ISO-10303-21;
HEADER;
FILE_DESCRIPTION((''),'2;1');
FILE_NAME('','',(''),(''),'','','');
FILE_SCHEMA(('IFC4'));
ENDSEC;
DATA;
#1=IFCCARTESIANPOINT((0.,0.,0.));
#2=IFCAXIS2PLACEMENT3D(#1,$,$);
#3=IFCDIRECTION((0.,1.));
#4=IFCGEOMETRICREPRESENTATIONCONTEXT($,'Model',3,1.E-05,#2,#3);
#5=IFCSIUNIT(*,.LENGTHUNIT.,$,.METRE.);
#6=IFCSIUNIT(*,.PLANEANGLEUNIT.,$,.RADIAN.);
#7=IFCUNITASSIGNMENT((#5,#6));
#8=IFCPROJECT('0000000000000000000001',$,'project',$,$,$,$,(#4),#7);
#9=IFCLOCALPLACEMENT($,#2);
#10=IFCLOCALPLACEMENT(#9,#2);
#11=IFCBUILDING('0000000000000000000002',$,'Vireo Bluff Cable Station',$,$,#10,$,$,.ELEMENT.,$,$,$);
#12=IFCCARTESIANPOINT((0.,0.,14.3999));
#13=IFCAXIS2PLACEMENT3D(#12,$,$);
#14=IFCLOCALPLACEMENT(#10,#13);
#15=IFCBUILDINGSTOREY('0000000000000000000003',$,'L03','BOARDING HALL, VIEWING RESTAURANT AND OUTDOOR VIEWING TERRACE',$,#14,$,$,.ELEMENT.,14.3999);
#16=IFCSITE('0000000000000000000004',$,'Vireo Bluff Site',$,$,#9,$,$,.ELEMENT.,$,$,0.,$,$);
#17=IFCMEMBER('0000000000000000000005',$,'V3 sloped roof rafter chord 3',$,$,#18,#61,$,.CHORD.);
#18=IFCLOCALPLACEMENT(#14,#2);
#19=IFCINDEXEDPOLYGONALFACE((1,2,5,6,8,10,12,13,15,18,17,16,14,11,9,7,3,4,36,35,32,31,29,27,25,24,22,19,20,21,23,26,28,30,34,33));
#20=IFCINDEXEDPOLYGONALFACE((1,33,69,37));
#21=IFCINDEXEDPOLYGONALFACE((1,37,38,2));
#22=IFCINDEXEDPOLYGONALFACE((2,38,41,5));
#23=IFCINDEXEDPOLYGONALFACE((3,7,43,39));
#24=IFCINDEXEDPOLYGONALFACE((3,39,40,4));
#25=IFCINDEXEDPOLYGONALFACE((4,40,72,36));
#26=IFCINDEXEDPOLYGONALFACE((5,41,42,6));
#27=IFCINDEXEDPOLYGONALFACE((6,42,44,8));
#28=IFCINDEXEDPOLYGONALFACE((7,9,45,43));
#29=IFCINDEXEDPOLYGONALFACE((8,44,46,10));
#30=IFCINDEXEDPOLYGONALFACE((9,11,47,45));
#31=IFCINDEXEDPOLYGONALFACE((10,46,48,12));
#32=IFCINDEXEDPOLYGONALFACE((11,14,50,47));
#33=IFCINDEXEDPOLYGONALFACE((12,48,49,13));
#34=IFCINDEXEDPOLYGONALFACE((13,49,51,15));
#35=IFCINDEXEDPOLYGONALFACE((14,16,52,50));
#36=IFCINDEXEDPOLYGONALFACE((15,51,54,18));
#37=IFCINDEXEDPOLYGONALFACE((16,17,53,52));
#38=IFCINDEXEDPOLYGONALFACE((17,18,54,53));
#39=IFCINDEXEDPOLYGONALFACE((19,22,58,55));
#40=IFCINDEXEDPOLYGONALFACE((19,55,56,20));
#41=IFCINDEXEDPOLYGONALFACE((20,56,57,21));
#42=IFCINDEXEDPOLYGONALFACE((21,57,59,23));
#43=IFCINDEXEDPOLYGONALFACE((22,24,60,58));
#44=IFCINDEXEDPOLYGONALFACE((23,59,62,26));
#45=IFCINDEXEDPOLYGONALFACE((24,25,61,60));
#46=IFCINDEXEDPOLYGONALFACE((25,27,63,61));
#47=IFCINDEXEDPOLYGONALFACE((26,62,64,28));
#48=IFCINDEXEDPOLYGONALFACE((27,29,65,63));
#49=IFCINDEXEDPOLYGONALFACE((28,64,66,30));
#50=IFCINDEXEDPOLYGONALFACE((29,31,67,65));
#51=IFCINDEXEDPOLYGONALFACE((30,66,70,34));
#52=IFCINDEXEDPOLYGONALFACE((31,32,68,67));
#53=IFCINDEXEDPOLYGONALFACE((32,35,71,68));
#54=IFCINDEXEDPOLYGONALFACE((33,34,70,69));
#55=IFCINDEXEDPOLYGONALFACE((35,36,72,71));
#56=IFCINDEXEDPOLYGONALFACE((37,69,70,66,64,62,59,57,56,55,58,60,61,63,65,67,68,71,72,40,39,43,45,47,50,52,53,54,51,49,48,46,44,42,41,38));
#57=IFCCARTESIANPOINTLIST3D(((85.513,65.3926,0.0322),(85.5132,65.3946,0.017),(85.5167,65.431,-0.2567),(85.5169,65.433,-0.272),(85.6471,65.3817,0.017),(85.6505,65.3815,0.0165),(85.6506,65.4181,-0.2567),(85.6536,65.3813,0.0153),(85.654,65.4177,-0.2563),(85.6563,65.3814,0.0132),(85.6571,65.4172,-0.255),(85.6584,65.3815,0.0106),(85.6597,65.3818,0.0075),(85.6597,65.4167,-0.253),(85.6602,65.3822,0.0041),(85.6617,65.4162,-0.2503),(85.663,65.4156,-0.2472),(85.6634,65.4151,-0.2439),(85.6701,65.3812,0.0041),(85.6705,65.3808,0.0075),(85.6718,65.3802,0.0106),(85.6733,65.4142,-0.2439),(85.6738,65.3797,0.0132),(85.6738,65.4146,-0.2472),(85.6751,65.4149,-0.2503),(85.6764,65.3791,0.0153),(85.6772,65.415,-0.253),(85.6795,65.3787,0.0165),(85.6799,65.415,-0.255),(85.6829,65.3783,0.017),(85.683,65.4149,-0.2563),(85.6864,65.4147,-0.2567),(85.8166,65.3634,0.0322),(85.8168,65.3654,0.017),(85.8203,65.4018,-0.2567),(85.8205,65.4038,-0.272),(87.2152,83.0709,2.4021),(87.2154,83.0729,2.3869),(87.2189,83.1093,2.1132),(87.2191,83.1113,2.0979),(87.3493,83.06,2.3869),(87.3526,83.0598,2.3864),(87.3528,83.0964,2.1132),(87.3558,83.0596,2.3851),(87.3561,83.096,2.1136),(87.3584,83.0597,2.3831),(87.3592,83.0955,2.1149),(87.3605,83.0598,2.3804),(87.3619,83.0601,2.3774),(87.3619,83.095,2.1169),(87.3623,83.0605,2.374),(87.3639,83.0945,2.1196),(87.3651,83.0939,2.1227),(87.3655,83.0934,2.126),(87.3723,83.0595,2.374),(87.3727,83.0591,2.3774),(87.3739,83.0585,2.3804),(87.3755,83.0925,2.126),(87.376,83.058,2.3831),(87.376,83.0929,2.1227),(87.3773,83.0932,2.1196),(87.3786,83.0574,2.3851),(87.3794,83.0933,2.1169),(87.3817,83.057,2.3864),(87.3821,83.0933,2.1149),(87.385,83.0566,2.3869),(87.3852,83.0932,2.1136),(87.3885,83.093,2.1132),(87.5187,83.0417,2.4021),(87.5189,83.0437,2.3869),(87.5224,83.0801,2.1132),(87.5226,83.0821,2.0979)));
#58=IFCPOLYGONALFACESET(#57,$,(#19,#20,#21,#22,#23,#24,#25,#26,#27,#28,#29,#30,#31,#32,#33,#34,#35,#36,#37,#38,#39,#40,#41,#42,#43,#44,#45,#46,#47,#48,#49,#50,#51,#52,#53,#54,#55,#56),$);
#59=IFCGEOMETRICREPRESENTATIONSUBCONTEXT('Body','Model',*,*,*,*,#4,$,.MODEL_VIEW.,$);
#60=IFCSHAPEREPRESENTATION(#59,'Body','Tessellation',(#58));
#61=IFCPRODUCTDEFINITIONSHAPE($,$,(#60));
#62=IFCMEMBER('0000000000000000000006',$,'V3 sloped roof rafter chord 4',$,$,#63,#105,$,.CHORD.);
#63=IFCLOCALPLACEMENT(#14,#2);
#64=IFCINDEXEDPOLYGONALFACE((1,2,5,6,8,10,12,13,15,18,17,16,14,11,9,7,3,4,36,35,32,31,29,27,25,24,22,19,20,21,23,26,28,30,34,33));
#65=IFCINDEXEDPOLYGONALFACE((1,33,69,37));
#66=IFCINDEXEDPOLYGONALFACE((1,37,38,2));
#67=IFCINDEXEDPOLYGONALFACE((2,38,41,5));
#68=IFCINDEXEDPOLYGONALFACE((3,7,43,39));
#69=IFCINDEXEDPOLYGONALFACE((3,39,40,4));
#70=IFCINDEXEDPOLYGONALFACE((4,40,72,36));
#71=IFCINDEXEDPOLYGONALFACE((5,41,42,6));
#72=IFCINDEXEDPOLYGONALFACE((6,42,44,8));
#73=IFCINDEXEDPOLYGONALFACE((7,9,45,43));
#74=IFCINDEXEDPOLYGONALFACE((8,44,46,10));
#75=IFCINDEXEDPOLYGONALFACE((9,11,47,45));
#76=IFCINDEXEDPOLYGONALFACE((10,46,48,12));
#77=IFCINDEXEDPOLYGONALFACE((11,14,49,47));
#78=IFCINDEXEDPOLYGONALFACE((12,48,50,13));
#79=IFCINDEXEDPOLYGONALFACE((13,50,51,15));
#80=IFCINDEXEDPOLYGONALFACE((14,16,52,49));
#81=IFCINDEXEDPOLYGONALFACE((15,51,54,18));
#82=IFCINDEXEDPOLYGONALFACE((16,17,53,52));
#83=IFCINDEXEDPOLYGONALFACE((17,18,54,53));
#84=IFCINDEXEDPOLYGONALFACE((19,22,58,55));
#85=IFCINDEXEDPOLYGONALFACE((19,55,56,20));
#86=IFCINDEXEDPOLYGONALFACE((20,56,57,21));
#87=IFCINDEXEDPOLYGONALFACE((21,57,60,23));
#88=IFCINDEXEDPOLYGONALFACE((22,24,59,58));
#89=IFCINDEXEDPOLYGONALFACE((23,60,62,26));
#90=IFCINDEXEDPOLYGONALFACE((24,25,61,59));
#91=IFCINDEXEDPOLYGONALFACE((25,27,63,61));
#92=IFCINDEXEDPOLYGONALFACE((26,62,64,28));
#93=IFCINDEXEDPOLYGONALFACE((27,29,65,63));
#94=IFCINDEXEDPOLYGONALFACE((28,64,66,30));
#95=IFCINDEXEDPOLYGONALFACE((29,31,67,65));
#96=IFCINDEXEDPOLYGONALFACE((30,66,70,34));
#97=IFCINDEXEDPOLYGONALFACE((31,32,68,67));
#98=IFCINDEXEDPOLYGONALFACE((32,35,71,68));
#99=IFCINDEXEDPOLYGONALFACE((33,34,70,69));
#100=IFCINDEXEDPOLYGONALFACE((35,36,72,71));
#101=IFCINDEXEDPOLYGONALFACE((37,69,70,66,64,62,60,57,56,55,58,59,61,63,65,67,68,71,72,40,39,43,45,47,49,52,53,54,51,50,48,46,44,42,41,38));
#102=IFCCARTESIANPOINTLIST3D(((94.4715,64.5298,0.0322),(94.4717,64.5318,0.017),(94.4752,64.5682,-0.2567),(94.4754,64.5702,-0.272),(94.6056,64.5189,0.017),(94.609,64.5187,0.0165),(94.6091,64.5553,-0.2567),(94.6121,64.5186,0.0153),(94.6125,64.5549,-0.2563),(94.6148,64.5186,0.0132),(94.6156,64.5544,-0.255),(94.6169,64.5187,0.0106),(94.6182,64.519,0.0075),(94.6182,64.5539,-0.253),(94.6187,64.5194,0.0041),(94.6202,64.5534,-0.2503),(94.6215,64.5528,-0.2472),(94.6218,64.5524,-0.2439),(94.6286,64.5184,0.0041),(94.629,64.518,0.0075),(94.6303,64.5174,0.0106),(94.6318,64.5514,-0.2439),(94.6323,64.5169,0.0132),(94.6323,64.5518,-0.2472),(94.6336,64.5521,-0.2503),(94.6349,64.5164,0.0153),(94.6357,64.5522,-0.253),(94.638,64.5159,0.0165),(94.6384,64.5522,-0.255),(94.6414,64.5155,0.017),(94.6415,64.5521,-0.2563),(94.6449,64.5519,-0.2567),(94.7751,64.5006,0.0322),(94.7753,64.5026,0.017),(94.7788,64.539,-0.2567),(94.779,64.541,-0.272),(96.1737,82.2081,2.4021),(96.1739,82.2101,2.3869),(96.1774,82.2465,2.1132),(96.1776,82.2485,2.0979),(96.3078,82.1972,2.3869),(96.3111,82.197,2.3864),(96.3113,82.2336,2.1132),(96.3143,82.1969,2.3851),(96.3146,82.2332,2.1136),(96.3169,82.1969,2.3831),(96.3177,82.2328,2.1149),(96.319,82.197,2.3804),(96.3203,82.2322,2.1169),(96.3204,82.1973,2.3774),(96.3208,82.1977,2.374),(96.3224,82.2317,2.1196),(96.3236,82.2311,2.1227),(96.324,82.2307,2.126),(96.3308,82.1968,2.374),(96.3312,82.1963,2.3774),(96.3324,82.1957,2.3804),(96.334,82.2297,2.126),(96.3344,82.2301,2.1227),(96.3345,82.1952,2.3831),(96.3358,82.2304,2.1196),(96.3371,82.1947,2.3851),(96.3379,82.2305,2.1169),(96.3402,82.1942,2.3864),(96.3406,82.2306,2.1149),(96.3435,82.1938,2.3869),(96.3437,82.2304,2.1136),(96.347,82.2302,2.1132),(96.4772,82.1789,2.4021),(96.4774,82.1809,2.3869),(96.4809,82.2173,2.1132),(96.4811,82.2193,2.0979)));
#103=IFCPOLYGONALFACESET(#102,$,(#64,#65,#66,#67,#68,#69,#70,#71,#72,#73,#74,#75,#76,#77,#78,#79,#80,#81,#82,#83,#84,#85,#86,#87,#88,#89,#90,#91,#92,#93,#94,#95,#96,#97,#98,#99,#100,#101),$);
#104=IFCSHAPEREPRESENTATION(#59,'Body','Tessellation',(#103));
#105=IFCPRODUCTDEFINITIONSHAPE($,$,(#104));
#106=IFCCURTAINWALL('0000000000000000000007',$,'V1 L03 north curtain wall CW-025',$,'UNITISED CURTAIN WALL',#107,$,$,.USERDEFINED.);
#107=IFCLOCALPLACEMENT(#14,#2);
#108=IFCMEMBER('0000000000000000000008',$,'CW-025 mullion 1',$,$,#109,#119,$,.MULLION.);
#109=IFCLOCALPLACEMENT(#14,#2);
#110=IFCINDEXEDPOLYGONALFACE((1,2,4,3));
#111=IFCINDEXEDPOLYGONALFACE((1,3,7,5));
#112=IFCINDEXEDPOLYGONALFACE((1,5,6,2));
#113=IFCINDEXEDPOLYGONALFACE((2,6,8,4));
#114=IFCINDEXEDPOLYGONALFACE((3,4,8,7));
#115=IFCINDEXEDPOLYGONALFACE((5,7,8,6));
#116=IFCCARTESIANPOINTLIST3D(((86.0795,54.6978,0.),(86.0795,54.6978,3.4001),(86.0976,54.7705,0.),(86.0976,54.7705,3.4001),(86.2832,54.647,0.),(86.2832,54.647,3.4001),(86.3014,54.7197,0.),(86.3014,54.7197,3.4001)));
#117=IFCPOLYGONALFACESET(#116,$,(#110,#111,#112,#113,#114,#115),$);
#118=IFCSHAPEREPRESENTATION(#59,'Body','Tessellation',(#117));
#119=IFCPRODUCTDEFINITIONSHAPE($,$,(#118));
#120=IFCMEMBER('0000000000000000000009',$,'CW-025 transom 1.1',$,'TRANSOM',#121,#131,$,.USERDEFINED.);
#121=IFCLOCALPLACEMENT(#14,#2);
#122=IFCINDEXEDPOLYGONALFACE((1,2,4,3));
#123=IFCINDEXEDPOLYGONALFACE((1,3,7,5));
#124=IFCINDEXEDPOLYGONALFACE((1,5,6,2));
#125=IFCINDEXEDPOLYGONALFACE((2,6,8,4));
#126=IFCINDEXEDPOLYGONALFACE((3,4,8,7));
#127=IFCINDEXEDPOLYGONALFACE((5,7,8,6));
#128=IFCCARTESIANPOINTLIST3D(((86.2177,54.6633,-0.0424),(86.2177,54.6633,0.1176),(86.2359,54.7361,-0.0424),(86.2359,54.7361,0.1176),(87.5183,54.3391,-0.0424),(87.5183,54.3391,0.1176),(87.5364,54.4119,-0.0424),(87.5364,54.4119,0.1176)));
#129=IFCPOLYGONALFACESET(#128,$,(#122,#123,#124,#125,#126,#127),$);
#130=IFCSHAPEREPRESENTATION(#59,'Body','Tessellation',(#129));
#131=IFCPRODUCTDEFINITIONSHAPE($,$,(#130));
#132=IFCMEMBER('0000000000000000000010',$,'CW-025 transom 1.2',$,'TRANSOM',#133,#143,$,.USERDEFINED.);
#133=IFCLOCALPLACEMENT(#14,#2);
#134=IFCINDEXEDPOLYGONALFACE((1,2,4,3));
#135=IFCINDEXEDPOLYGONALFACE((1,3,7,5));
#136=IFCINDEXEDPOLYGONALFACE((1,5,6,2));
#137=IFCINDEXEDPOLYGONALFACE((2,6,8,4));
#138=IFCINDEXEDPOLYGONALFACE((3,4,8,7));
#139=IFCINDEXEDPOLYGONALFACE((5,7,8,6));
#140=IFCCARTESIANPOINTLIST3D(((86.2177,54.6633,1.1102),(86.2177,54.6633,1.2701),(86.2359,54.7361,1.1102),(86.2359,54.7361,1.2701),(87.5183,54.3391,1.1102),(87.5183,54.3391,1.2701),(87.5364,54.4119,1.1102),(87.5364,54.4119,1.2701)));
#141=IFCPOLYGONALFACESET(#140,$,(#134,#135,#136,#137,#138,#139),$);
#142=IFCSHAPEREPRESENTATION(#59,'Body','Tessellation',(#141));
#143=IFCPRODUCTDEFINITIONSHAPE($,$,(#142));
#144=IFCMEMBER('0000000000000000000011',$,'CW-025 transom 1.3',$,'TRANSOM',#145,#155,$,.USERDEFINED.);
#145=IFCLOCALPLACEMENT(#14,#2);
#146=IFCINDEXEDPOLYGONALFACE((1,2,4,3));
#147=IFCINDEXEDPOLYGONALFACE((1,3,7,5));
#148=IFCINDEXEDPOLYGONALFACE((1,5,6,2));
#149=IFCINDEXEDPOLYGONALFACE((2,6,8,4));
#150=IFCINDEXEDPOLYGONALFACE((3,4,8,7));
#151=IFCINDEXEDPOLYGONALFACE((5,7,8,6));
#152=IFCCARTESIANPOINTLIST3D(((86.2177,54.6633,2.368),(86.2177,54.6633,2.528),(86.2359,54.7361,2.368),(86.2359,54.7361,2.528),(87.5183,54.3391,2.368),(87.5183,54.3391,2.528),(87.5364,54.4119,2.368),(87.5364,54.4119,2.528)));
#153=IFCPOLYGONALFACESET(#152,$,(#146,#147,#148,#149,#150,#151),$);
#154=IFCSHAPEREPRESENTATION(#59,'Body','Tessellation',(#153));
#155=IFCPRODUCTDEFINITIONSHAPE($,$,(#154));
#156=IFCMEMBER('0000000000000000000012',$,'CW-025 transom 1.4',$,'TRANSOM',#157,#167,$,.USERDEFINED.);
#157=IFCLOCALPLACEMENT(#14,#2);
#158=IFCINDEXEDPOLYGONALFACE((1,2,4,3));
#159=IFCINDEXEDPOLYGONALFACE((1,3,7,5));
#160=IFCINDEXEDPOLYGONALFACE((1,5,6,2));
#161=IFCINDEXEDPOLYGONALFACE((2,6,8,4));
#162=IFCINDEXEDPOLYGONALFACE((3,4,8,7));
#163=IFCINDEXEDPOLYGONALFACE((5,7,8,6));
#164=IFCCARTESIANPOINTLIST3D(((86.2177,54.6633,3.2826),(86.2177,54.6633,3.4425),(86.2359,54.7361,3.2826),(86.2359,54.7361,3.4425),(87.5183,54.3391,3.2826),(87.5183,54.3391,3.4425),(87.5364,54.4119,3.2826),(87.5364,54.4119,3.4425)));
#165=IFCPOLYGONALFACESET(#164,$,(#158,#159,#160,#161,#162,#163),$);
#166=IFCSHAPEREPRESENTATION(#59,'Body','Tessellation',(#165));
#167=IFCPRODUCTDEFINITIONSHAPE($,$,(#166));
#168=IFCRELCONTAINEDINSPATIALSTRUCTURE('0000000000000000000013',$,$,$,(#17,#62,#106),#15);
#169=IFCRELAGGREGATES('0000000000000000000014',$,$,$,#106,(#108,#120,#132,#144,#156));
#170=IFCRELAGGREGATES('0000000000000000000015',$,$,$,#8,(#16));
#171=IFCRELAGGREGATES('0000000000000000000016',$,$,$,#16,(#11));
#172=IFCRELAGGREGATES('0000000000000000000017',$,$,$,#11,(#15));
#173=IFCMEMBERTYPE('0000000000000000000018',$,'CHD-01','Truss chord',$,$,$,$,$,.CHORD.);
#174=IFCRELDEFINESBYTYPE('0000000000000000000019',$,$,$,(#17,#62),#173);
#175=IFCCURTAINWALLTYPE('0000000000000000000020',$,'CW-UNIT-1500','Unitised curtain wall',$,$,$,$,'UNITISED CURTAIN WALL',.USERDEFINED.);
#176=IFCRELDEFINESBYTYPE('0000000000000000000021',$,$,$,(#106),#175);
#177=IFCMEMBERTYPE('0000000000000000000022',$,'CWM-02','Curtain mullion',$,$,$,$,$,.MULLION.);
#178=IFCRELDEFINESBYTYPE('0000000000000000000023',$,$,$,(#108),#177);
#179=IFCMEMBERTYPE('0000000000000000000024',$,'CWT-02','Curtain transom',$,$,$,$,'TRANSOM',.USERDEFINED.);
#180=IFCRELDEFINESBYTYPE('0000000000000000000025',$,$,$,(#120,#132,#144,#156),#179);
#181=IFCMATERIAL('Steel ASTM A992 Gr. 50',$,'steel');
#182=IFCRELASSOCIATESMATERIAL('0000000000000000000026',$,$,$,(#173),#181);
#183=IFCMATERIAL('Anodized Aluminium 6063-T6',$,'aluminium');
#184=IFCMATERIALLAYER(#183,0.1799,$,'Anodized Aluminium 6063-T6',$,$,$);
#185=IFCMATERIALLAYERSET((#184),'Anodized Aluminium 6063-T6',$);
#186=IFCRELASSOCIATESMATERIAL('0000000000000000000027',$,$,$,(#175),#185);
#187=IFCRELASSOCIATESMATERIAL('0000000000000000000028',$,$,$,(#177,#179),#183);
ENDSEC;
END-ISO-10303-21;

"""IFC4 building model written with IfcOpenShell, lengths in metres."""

from ifc_helpers import new_model, si_unit, direction, frame, origin, origin_2d, place, context, subcontext, project, spatial, rectangle, i_section, extrude, material, layer, layer_set, material_profile, profile_set, type_object, element, aggregate, save


model = new_model("IFC4")

# Units and contexts
model_context = context("Model", 3, precision=1e-05, world=origin(), true_north=direction((0.0, 1.0)))
body_context = subcontext(model_context, "Body", "Model", "MODEL_VIEW")
ifc_project = project(units=[si_unit("LENGTHUNIT", "METRE"), si_unit("PLANEANGLEUNIT", "RADIAN")], contexts=[model_context])

# Site, building, storey
site_placement = place(None, origin())
site = spatial("IfcSite", under=ifc_project, at=site_placement, Name="Vireo Bluff Site", CompositionType="ELEMENT", RefElevation=0.0)
building_placement = place(site_placement, origin())
building = spatial("IfcBuilding", under=site, at=building_placement, Name="Vireo Bluff Cable Station", CompositionType="ELEMENT")
storey_placement = place(building_placement, frame((0.0, 0.0, 14.3999)))
storey = spatial("IfcBuildingStorey", under=building, at=storey_placement, Name="L03", Description="BOARDING HALL, VIEWING RESTAURANT AND OUTDOOR VIEWING TERRACE", CompositionType="ELEMENT", Elevation=14.3999)

# Shared definitions
ifc_material_1 = material(Name="Steel ASTM A992 Gr. 50", Category="steel")

# Members
ifc_material_profile_1 = material_profile(ifc_material_1, i_section(OverallWidth=0.3049, OverallDepth=0.3069, WebThickness=0.01, FlangeThickness=0.0154, FilletRadius=0.0129, at=origin_2d()), Name="W12X65")
ifc_profile_set_1 = profile_set([ifc_material_profile_1], Name="Steel ASTM A992 Gr. 50")
member_type_1 = type_object("IfcMemberType", Name="CHD-01", Description="Truss chord", PredefinedType="CHORD", material=ifc_profile_set_1)
for number, where, z_axis, x_axis, name in (
    (1, (85.6667, 65.3982, -0.1199), (0.095, 0.986651, 0.132267), (-0.995397, 0.095842, 0.0), "V3 sloped roof rafter chord 3"),
    (2, (94.6252, 64.5354, -0.1199), (0.095, 0.986651, 0.132267), (-0.995397, 0.095842, 0.0), "V3 sloped roof rafter chord 4"),
):
    element("IfcMember", number, at=place(storey_placement, frame(where, z_axis=z_axis, x_axis=x_axis)), inside=storey, type_object=member_type_1, Name=name, PredefinedType="CHORD", context=body_context, shape_type="SweptSolid", body=[
        extrude(i_section(OverallWidth=0.3049, OverallDepth=0.3069, WebThickness=0.01, FlangeThickness=0.0154, FilletRadius=0.0129, at=origin_2d()), origin(), (0.0, 0.0, 1.0), 17.9175),
    ])

# Curtain wall, members
ifc_material_2 = material(Name="Anodized Aluminium 6063-T6", Category="aluminium")
ifc_layer_1 = layer(ifc_material_2, 0.1799, Name="Anodized Aluminium 6063-T6")
ifc_layer_set_1 = layer_set([ifc_layer_1], Name="Anodized Aluminium 6063-T6")
curtain_wall_type = type_object("IfcCurtainWallType", Name="CW-UNIT-1500", Description="Unitised curtain wall", ElementType="UNITISED CURTAIN WALL", PredefinedType="USERDEFINED", material=ifc_layer_set_1)
curtain_wall_placement = place(storey_placement, origin())
curtain_wall = element("IfcCurtainWall", 3, at=curtain_wall_placement, inside=storey, type_object=curtain_wall_type, Name="V1 L03 north curtain wall CW-025", ObjectType="UNITISED CURTAIN WALL", PredefinedType="USERDEFINED")
ifc_material_profile_2 = material_profile(ifc_material_2, rectangle(XDim=0.075, YDim=0.21, at=origin_2d()), Name="ALU-M-75X210")
ifc_profile_set_2 = profile_set([ifc_material_profile_2], Name="Anodized Aluminium 6063-T6")
member_type_2 = type_object("IfcMemberType", Name="CWM-02", Description="Curtain mullion", PredefinedType="MULLION", material=ifc_profile_set_2)
member_1_placement = place(storey_placement, frame((86.1904, 54.7087, 0.0), z_axis=(0.0, 0.0, 1.0), x_axis=(0.241922, 0.970296, 0.0)))
member_1 = element("IfcMember", 4, at=member_1_placement, type_object=member_type_2, Name="CW-025 mullion 1", PredefinedType="MULLION", context=body_context, shape_type="SweptSolid", body=[
    extrude(rectangle(XDim=0.075, YDim=0.21, at=origin_2d()), origin(), (0.0, 0.0, 1.0), 3.4001),
])
ifc_material_profile_3 = material_profile(ifc_material_2, rectangle(XDim=0.075, YDim=0.1599, at=origin_2d()), Name="ALU-T-75X160")
ifc_profile_set_3 = profile_set([ifc_material_profile_3], Name="Anodized Aluminium 6063-T6")
member_type_3 = type_object("IfcMemberType", Name="CWT-02", Description="Curtain transom", ElementType="TRANSOM", PredefinedType="USERDEFINED", material=ifc_profile_set_3)
member_2_placement = place(storey_placement, frame((86.2268, 54.6997, 0.0376), z_axis=(0.970303, -0.241893, 0.0), x_axis=(0.241893, 0.970303, 0.0)))
member_2 = element("IfcMember", 5, at=member_2_placement, type_object=member_type_3, Name="CW-025 transom 1.1", ObjectType="TRANSOM", PredefinedType="USERDEFINED", context=body_context, shape_type="SweptSolid", body=[
    extrude(rectangle(XDim=0.075, YDim=0.1599, at=origin_2d()), origin(), (0.0, 0.0, 1.0), 1.3403),
])
member_3_placement = place(storey_placement, frame((86.2268, 54.6997, 1.1902), z_axis=(0.970303, -0.241893, 0.0), x_axis=(0.241893, 0.970303, 0.0)))
member_3 = element("IfcMember", 6, at=member_3_placement, type_object=member_type_3, Name="CW-025 transom 1.2", ObjectType="TRANSOM", PredefinedType="USERDEFINED", context=body_context, shape_type="SweptSolid", body=[
    extrude(rectangle(XDim=0.075, YDim=0.1599, at=origin_2d()), origin(), (0.0, 0.0, 1.0), 1.3403),
])
member_4_placement = place(storey_placement, frame((86.2268, 54.6997, 2.448), z_axis=(0.970303, -0.241893, 0.0), x_axis=(0.241893, 0.970303, 0.0)))
member_4 = element("IfcMember", 7, at=member_4_placement, type_object=member_type_3, Name="CW-025 transom 1.3", ObjectType="TRANSOM", PredefinedType="USERDEFINED", context=body_context, shape_type="SweptSolid", body=[
    extrude(rectangle(XDim=0.075, YDim=0.1599, at=origin_2d()), origin(), (0.0, 0.0, 1.0), 1.3403),
])
member_5_placement = place(storey_placement, frame((86.2268, 54.6997, 3.3625), z_axis=(0.970303, -0.241893, 0.0), x_axis=(0.241893, 0.970303, 0.0)))
member_5 = element("IfcMember", 8, at=member_5_placement, type_object=member_type_3, Name="CW-025 transom 1.4", ObjectType="TRANSOM", PredefinedType="USERDEFINED", context=body_context, shape_type="SweptSolid", body=[
    extrude(rectangle(XDim=0.075, YDim=0.1599, at=origin_2d()), origin(), (0.0, 0.0, 1.0), 1.3403),
])

aggregate(curtain_wall, [member_1, member_2, member_3, member_4, member_5])

save(model, "model.ifc")
